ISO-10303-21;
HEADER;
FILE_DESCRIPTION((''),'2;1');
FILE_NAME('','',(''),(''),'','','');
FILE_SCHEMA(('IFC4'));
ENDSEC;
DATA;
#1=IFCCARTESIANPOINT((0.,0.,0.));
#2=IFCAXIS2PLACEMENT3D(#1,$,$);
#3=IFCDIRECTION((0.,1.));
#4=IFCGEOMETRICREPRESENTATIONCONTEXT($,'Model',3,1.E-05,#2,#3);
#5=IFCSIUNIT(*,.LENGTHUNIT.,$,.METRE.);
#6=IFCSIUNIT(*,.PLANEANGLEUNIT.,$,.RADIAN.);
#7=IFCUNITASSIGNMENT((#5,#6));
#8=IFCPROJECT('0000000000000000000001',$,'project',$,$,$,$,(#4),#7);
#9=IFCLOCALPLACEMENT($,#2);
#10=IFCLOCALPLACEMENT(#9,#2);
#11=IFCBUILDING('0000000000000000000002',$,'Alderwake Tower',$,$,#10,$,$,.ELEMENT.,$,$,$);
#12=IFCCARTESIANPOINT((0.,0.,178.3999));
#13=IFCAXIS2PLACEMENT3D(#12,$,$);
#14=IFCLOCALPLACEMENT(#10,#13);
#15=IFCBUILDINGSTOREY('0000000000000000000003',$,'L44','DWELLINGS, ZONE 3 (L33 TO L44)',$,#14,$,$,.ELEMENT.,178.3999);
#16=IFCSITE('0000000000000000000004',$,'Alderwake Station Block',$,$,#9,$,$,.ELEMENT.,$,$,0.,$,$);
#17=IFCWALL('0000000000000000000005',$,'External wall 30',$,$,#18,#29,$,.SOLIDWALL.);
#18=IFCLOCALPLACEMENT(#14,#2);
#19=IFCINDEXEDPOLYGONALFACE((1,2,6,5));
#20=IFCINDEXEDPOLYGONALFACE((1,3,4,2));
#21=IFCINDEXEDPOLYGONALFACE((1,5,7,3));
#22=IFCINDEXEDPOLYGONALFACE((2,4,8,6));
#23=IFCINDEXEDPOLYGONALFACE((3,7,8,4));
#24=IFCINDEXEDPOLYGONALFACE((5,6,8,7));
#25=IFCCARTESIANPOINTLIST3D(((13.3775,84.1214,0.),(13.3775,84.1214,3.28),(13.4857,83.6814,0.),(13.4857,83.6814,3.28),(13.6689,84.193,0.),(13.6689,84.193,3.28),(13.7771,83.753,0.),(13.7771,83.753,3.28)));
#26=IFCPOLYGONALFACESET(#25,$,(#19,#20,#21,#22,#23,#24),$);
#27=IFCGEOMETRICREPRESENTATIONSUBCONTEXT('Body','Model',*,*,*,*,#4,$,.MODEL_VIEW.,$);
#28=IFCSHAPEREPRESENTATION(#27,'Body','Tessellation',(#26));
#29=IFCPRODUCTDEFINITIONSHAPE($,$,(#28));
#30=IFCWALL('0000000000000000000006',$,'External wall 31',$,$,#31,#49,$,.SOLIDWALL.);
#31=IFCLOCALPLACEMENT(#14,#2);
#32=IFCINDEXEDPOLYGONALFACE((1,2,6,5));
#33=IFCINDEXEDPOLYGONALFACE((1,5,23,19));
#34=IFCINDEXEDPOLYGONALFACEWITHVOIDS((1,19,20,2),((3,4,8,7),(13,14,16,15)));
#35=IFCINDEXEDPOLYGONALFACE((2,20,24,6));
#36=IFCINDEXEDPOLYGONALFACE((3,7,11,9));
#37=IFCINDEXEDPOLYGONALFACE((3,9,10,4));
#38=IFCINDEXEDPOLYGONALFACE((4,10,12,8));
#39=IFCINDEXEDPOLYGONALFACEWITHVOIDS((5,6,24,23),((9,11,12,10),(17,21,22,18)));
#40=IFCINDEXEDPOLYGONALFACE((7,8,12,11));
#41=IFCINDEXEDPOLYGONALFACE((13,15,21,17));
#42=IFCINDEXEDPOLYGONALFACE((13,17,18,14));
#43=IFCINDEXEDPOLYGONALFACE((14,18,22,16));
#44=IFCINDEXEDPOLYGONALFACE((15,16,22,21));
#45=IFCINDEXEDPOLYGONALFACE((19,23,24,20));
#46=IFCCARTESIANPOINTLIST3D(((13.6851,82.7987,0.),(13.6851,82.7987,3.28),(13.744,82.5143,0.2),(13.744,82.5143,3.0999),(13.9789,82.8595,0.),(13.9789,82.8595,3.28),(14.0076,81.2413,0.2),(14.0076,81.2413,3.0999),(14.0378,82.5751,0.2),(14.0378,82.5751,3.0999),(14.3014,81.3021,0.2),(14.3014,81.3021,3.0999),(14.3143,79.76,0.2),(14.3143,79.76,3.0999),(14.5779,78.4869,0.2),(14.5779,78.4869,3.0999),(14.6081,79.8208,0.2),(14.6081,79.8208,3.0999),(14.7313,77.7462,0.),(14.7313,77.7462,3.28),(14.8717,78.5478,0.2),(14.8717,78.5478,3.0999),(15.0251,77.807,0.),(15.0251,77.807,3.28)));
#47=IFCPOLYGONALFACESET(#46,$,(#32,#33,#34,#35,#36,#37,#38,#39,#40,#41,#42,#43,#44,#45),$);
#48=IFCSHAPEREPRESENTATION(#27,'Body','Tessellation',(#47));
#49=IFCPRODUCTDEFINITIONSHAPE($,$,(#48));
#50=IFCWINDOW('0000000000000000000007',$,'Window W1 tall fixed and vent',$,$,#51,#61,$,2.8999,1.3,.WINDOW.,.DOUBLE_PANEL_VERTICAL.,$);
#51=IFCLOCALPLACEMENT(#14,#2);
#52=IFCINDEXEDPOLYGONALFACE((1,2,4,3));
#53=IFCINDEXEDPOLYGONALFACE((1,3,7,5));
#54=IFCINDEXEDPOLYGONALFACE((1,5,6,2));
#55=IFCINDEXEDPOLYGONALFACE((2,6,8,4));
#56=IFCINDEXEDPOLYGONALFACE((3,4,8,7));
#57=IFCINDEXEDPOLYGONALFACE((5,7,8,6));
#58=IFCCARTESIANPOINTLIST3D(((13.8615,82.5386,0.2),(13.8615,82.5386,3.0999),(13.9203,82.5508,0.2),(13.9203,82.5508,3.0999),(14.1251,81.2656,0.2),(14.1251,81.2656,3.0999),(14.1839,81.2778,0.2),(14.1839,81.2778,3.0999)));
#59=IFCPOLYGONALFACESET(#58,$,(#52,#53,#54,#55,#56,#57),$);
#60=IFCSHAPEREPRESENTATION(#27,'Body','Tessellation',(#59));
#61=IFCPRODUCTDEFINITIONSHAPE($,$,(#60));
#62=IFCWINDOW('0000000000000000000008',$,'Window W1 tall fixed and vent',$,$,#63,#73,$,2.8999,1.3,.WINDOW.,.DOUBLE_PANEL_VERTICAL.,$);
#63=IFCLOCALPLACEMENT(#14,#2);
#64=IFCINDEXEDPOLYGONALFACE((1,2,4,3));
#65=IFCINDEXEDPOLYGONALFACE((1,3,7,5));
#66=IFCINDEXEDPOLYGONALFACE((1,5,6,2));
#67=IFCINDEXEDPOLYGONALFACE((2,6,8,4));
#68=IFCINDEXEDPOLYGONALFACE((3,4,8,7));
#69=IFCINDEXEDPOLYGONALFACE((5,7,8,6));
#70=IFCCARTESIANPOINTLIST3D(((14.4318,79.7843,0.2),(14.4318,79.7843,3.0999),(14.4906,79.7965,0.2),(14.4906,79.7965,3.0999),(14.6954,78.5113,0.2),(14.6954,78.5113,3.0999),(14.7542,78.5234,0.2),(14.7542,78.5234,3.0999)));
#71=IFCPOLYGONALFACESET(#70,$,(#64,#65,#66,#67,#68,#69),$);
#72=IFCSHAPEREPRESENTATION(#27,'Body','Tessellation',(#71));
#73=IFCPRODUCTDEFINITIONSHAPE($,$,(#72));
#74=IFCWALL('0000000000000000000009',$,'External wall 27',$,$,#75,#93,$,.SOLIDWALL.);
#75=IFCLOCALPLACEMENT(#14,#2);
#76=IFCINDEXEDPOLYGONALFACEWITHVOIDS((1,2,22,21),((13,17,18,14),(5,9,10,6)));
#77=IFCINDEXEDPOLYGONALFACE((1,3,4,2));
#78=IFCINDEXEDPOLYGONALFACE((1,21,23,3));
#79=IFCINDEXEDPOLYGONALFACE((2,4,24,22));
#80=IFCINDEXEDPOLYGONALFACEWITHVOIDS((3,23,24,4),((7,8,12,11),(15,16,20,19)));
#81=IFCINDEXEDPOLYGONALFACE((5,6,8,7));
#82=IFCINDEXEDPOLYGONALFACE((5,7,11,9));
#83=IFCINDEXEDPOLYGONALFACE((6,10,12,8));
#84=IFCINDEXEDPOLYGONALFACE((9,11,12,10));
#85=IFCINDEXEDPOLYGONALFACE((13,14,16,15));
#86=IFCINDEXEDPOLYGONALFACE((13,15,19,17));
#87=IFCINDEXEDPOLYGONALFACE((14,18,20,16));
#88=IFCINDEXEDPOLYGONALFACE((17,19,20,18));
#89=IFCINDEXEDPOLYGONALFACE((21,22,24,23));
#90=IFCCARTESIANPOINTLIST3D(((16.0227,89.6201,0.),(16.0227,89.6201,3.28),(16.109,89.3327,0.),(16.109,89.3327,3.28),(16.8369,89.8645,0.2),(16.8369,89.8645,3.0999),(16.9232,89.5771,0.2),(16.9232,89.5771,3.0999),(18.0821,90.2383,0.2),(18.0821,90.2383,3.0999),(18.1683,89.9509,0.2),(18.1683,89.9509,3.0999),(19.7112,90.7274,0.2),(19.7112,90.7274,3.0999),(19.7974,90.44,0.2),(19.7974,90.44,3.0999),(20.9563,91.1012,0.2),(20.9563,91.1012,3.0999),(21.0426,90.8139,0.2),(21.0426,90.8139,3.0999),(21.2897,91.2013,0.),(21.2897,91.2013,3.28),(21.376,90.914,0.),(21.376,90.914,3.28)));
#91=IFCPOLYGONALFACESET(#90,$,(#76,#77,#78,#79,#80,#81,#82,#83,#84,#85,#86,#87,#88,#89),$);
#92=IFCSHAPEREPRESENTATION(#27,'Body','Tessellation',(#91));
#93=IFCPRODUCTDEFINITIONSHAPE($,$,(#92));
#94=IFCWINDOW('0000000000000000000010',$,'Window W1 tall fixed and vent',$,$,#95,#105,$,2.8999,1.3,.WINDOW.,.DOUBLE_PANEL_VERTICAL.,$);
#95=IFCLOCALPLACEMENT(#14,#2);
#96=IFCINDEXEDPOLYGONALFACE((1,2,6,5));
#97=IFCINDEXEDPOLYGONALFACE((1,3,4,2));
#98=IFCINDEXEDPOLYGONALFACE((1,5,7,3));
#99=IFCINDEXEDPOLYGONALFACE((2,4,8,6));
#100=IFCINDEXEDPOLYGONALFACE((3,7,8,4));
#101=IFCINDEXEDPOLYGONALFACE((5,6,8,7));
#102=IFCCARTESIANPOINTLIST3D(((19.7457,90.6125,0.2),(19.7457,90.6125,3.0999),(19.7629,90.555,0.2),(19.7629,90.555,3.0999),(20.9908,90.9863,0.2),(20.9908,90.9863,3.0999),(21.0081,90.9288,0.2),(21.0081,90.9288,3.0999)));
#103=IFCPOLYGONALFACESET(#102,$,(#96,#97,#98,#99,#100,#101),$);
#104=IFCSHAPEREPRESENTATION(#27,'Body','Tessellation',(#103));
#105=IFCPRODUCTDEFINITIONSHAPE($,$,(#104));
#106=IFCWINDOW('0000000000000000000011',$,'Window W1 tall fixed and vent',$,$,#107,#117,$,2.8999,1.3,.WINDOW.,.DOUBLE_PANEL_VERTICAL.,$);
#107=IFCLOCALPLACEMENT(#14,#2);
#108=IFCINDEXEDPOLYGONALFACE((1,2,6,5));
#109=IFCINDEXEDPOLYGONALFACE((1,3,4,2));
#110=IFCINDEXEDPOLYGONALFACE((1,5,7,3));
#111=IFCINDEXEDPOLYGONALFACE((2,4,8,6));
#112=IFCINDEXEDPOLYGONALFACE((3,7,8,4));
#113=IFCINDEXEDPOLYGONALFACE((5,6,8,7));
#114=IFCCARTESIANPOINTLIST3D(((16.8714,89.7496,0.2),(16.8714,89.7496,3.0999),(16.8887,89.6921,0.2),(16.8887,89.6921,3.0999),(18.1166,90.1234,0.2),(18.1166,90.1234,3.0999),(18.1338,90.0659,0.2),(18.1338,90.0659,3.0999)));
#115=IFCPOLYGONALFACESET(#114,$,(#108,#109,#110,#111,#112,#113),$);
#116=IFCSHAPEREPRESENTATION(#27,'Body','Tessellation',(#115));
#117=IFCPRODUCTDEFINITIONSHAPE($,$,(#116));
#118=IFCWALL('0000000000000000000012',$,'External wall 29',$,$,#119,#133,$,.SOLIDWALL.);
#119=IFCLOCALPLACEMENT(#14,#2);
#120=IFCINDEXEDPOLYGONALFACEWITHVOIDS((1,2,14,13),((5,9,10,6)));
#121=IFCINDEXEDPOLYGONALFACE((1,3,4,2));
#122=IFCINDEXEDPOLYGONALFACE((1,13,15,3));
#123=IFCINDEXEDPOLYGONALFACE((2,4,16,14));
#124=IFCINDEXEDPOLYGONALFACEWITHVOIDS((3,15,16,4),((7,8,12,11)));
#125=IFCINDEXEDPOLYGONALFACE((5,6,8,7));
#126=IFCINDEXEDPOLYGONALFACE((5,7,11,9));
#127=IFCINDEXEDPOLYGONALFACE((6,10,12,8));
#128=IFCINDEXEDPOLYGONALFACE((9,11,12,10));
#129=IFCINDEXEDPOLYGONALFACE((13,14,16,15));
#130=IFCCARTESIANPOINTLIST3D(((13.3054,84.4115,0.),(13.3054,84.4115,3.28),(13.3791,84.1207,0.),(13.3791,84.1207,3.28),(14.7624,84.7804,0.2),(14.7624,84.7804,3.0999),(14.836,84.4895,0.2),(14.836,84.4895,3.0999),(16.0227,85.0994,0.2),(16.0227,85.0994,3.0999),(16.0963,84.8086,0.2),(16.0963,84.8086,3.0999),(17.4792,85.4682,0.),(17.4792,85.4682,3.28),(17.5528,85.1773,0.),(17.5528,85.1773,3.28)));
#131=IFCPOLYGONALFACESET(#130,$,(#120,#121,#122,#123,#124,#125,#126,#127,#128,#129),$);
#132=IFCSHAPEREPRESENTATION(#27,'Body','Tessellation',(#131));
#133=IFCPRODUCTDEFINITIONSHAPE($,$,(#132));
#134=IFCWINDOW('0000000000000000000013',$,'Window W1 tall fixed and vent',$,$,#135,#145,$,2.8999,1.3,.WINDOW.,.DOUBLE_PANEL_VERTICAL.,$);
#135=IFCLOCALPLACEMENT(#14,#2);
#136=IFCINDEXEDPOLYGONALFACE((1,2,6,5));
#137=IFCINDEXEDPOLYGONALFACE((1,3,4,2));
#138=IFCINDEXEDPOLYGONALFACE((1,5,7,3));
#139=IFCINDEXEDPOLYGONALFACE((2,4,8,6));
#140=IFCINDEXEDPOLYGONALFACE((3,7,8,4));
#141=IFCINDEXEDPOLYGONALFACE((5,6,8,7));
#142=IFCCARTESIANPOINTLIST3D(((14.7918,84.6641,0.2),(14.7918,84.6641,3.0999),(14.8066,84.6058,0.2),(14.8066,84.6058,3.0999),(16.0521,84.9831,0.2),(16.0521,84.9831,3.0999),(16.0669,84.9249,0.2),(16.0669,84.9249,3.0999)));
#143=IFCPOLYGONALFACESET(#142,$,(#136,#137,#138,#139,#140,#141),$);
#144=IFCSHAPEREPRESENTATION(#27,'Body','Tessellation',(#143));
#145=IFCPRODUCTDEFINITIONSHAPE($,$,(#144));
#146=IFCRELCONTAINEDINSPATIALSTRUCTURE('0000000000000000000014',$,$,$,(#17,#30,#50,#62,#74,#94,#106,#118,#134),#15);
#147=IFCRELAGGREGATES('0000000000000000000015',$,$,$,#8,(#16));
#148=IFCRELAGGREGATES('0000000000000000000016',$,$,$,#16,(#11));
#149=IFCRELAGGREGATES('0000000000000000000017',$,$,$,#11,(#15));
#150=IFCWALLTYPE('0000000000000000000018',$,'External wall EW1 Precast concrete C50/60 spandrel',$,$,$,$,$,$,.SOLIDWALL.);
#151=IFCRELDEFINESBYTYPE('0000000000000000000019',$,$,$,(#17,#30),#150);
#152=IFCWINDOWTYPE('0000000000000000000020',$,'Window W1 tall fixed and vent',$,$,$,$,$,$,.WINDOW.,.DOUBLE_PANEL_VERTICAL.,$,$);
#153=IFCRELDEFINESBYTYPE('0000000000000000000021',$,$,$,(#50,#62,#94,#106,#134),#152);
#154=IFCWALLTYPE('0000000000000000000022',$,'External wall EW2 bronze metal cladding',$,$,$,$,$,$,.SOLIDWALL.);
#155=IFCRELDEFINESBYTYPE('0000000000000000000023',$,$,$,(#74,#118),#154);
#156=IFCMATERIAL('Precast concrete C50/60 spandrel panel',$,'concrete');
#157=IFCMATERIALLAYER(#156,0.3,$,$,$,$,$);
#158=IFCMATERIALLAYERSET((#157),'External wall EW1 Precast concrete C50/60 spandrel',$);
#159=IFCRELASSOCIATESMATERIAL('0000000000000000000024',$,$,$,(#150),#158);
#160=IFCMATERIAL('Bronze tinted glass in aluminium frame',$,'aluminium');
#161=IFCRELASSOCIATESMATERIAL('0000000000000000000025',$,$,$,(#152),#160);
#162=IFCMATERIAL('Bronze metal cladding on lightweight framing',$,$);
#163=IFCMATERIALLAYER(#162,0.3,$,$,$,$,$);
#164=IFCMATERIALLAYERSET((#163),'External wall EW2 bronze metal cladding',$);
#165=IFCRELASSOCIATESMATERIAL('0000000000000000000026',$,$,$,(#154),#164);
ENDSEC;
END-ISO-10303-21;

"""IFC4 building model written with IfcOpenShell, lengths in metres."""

from ifc_helpers import new_model, si_unit, direction, frame, frame_2d, origin, place, context, subcontext, project, spatial, rectangle, extrude, material, layer, layer_set, type_object, element, fill, save


model = new_model("IFC4")

# Units and contexts
model_context = context("Model", 3, precision=1e-05, world=origin(), true_north=direction((0.0, 1.0)))
body_context = subcontext(model_context, "Body", "Model", "MODEL_VIEW")
ifc_project = project(units=[si_unit("LENGTHUNIT", "METRE"), si_unit("PLANEANGLEUNIT", "RADIAN")], contexts=[model_context])

# Site, building, storey
site_placement = place(None, origin())
site = spatial("IfcSite", under=ifc_project, at=site_placement, Name="Alderwake Station Block", CompositionType="ELEMENT", RefElevation=0.0)
building_placement = place(site_placement, origin())
building = spatial("IfcBuilding", under=site, at=building_placement, Name="Alderwake Tower", CompositionType="ELEMENT")
storey_placement = place(building_placement, frame((0.0, 0.0, 178.3999)))
storey = spatial("IfcBuildingStorey", under=building, at=storey_placement, Name="L44", Description="DWELLINGS, ZONE 3 (L33 TO L44)", CompositionType="ELEMENT", Elevation=178.3999)

# Wall
ifc_material_1 = material(Name="Precast concrete C50/60 spandrel panel", Category="concrete")
ifc_layer_1 = layer(ifc_material_1, 0.3)
ifc_layer_set_1 = layer_set([ifc_layer_1], Name="External wall EW1 Precast concrete C50/60 spandrel")
wall_type_1 = type_object("IfcWallType", Name="External wall EW1 Precast concrete C50/60 spandrel", PredefinedType="SOLIDWALL", material=ifc_layer_set_1)
wall_1_placement = place(storey_placement, frame((13.5232, 84.1572, 0.0), z_axis=(0.0, 0.0, 1.0), x_axis=(0.23873, -0.971086, 0.0)))
element("IfcWall", 1, at=wall_1_placement, inside=storey, type_object=wall_type_1, Name="External wall 30", PredefinedType="SOLIDWALL", context=body_context, shape_type="SweptSolid", body=[
    extrude(rectangle(XDim=0.4531, YDim=0.3, at=frame_2d((0.2266, 0.0))), origin(), (0.0, 0.0, 1.0), 3.28),
])

# Walls, openings, windows
wall_2_placement = place(storey_placement, frame((13.832, 82.8291, 0.0), z_axis=(0.0, 0.0, 1.0), x_axis=(0.202754, -0.97923, 0.0)))
wall_2 = element("IfcWall", 2, at=wall_2_placement, inside=storey, type_object=wall_type_1, Name="External wall 31", PredefinedType="SOLIDWALL", context=body_context, shape_type="SweptSolid", body=[
    extrude(rectangle(XDim=5.1597, YDim=0.3, at=frame_2d((2.5798, 0.0))), origin(), (0.0, 0.0, 1.0), 3.28),
])
opening_1_placement = place(wall_2_placement, frame((0.2905, 0.0, 0.2)))
opening_1 = element("IfcOpeningElement", 3, at=opening_1_placement, cuts=wall_2, PredefinedType="OPENING", context=body_context, shape_type="SweptSolid", body=[
    extrude(rectangle(XDim=1.3, YDim=2.8999, at=frame_2d((0.6499, 1.45))), frame((0.0, 0.1599, 0.0), z_axis=(0.0, -1.0, 0.0), x_axis=(1.0, 0.0, 0.0)), (0.0, 0.0, 1.0), 0.3201),
])
opening_2_placement = place(wall_2_placement, frame((3.1033, 0.0, 0.2)))
opening_2 = element("IfcOpeningElement", 4, at=opening_2_placement, cuts=wall_2, PredefinedType="OPENING", context=body_context, shape_type="SweptSolid", body=[
    extrude(rectangle(XDim=1.3, YDim=2.8999, at=frame_2d((0.6499, 1.45))), frame((0.0, 0.1599, 0.0), z_axis=(0.0, -1.0, 0.0), x_axis=(1.0, 0.0, 0.0)), (0.0, 0.0, 1.0), 0.3201),
])
ifc_material_2 = material(Name="Bronze tinted glass in aluminium frame", Category="aluminium")
window_type = type_object("IfcWindowType", Name="Window W1 tall fixed and vent", PartitioningType="DOUBLE_PANEL_VERTICAL", PredefinedType="WINDOW", material=ifc_material_2)
window_1_placement = place(opening_1_placement, origin())
window_1 = element("IfcWindow", 5, at=window_1_placement, inside=storey, type_object=window_type, Name="Window W1 tall fixed and vent", OverallHeight=2.8999, OverallWidth=1.3, PartitioningType="DOUBLE_PANEL_VERTICAL", PredefinedType="WINDOW", context=body_context, shape_type="SweptSolid", body=[
    extrude(rectangle(XDim=1.3, YDim=2.8999, at=frame_2d((0.6499, 1.45))), frame((0.0, 0.03, 0.0), z_axis=(0.0, -1.0, 0.0), x_axis=(1.0, 0.0, 0.0)), (0.0, 0.0, 1.0), 0.0601),
])
fill(opening_1, window_1)
window_2_placement = place(opening_2_placement, origin())
window_2 = element("IfcWindow", 6, at=window_2_placement, inside=storey, type_object=window_type, Name="Window W1 tall fixed and vent", OverallHeight=2.8999, OverallWidth=1.3, PartitioningType="DOUBLE_PANEL_VERTICAL", PredefinedType="WINDOW", context=body_context, shape_type="SweptSolid", body=[
    extrude(rectangle(XDim=1.3, YDim=2.8999, at=frame_2d((0.6499, 1.45))), frame((0.0, 0.03, 0.0), z_axis=(0.0, -1.0, 0.0), x_axis=(1.0, 0.0, 0.0)), (0.0, 0.0, 1.0), 0.0601),
])
fill(opening_2, window_2)
ifc_material_3 = material(Name="Bronze metal cladding on lightweight framing")
ifc_layer_2 = layer(ifc_material_3, 0.3)
ifc_layer_set_2 = layer_set([ifc_layer_2], Name="External wall EW2 bronze metal cladding")
wall_type_2 = type_object("IfcWallType", Name="External wall EW2 bronze metal cladding", PredefinedType="SOLIDWALL", material=ifc_layer_set_2)
wall_3_placement = place(storey_placement, frame((21.3328, 91.0576, 0.0), z_axis=(0.0, 0.0, 1.0), x_axis=(-0.957768, -0.287543, 0.0)))
wall_3 = element("IfcWall", 7, at=wall_3_placement, inside=storey, type_object=wall_type_2, Name="External wall 27", PredefinedType="SOLIDWALL", context=body_context, shape_type="SweptSolid", body=[
    extrude(rectangle(XDim=5.4993, YDim=0.3, at=frame_2d((2.7495, 0.0))), origin(), (0.0, 0.0, 1.0), 3.28),
])
opening_3_placement = place(wall_3_placement, frame((0.3481, 0.0, 0.2)))
opening_3 = element("IfcOpeningElement", 8, at=opening_3_placement, cuts=wall_3, PredefinedType="OPENING", context=body_context, shape_type="SweptSolid", body=[
    extrude(rectangle(XDim=1.3, YDim=2.8999, at=frame_2d((0.6499, 1.45))), frame((0.0, 0.1599, 0.0), z_axis=(0.0, -1.0, 0.0), x_axis=(1.0, 0.0, 0.0)), (0.0, 0.0, 1.0), 0.3201),
])
opening_4_placement = place(wall_3_placement, frame((3.3491, 0.0, 0.2)))
opening_4 = element("IfcOpeningElement", 9, at=opening_4_placement, cuts=wall_3, PredefinedType="OPENING", context=body_context, shape_type="SweptSolid", body=[
    extrude(rectangle(XDim=1.3, YDim=2.8999, at=frame_2d((0.6499, 1.45))), frame((0.0, 0.1599, 0.0), z_axis=(0.0, -1.0, 0.0), x_axis=(1.0, 0.0, 0.0)), (0.0, 0.0, 1.0), 0.3201),
])
window_3_placement = place(opening_3_placement, origin())
window_3 = element("IfcWindow", 10, at=window_3_placement, inside=storey, type_object=window_type, Name="Window W1 tall fixed and vent", OverallHeight=2.8999, OverallWidth=1.3, PartitioningType="DOUBLE_PANEL_VERTICAL", PredefinedType="WINDOW", context=body_context, shape_type="SweptSolid", body=[
    extrude(rectangle(XDim=1.3, YDim=2.8999, at=frame_2d((0.6499, 1.45))), frame((0.0, 0.03, 0.0), z_axis=(0.0, -1.0, 0.0), x_axis=(1.0, 0.0, 0.0)), (0.0, 0.0, 1.0), 0.0601),
])
fill(opening_3, window_3)
window_4_placement = place(opening_4_placement, origin())
window_4 = element("IfcWindow", 11, at=window_4_placement, inside=storey, type_object=window_type, Name="Window W1 tall fixed and vent", OverallHeight=2.8999, OverallWidth=1.3, PartitioningType="DOUBLE_PANEL_VERTICAL", PredefinedType="WINDOW", context=body_context, shape_type="SweptSolid", body=[
    extrude(rectangle(XDim=1.3, YDim=2.8999, at=frame_2d((0.6499, 1.45))), frame((0.0, 0.03, 0.0), z_axis=(0.0, -1.0, 0.0), x_axis=(1.0, 0.0, 0.0)), (0.0, 0.0, 1.0), 0.0601),
])
fill(opening_4, window_4)

# Wall, opening, window
wall_4_placement = place(storey_placement, frame((17.5161, 85.3228, 0.0), z_axis=(0.0, 0.0, 1.0), x_axis=(-0.969418, -0.245416, 0.0)))
wall_4 = element("IfcWall", 12, at=wall_4_placement, inside=storey, type_object=wall_type_2, Name="External wall 29", PredefinedType="SOLIDWALL", context=body_context, shape_type="SweptSolid", body=[
    extrude(rectangle(XDim=4.3054, YDim=0.3, at=frame_2d((2.1528, 0.0))), origin(), (0.0, 0.0, 1.0), 3.28),
])
opening_5_placement = place(wall_4_placement, frame((1.5027, 0.0, 0.2)))
opening_5 = element("IfcOpeningElement", 13, at=opening_5_placement, cuts=wall_4, PredefinedType="OPENING", context=body_context, shape_type="SweptSolid", body=[
    extrude(rectangle(XDim=1.3, YDim=2.8999, at=frame_2d((0.6499, 1.45))), frame((0.0, 0.1599, 0.0), z_axis=(0.0, -1.0, 0.0), x_axis=(1.0, 0.0, 0.0)), (0.0, 0.0, 1.0), 0.3201),
])
window_5_placement = place(opening_5_placement, origin())
window_5 = element("IfcWindow", 14, at=window_5_placement, inside=storey, type_object=window_type, Name="Window W1 tall fixed and vent", OverallHeight=2.8999, OverallWidth=1.3, PartitioningType="DOUBLE_PANEL_VERTICAL", PredefinedType="WINDOW", context=body_context, shape_type="SweptSolid", body=[
    extrude(rectangle(XDim=1.3, YDim=2.8999, at=frame_2d((0.6499, 1.45))), frame((0.0, 0.03, 0.0), z_axis=(0.0, -1.0, 0.0), x_axis=(1.0, 0.0, 0.0)), (0.0, 0.0, 1.0), 0.0601),
])
fill(opening_5, window_5)

save(model, "model.ifc")
